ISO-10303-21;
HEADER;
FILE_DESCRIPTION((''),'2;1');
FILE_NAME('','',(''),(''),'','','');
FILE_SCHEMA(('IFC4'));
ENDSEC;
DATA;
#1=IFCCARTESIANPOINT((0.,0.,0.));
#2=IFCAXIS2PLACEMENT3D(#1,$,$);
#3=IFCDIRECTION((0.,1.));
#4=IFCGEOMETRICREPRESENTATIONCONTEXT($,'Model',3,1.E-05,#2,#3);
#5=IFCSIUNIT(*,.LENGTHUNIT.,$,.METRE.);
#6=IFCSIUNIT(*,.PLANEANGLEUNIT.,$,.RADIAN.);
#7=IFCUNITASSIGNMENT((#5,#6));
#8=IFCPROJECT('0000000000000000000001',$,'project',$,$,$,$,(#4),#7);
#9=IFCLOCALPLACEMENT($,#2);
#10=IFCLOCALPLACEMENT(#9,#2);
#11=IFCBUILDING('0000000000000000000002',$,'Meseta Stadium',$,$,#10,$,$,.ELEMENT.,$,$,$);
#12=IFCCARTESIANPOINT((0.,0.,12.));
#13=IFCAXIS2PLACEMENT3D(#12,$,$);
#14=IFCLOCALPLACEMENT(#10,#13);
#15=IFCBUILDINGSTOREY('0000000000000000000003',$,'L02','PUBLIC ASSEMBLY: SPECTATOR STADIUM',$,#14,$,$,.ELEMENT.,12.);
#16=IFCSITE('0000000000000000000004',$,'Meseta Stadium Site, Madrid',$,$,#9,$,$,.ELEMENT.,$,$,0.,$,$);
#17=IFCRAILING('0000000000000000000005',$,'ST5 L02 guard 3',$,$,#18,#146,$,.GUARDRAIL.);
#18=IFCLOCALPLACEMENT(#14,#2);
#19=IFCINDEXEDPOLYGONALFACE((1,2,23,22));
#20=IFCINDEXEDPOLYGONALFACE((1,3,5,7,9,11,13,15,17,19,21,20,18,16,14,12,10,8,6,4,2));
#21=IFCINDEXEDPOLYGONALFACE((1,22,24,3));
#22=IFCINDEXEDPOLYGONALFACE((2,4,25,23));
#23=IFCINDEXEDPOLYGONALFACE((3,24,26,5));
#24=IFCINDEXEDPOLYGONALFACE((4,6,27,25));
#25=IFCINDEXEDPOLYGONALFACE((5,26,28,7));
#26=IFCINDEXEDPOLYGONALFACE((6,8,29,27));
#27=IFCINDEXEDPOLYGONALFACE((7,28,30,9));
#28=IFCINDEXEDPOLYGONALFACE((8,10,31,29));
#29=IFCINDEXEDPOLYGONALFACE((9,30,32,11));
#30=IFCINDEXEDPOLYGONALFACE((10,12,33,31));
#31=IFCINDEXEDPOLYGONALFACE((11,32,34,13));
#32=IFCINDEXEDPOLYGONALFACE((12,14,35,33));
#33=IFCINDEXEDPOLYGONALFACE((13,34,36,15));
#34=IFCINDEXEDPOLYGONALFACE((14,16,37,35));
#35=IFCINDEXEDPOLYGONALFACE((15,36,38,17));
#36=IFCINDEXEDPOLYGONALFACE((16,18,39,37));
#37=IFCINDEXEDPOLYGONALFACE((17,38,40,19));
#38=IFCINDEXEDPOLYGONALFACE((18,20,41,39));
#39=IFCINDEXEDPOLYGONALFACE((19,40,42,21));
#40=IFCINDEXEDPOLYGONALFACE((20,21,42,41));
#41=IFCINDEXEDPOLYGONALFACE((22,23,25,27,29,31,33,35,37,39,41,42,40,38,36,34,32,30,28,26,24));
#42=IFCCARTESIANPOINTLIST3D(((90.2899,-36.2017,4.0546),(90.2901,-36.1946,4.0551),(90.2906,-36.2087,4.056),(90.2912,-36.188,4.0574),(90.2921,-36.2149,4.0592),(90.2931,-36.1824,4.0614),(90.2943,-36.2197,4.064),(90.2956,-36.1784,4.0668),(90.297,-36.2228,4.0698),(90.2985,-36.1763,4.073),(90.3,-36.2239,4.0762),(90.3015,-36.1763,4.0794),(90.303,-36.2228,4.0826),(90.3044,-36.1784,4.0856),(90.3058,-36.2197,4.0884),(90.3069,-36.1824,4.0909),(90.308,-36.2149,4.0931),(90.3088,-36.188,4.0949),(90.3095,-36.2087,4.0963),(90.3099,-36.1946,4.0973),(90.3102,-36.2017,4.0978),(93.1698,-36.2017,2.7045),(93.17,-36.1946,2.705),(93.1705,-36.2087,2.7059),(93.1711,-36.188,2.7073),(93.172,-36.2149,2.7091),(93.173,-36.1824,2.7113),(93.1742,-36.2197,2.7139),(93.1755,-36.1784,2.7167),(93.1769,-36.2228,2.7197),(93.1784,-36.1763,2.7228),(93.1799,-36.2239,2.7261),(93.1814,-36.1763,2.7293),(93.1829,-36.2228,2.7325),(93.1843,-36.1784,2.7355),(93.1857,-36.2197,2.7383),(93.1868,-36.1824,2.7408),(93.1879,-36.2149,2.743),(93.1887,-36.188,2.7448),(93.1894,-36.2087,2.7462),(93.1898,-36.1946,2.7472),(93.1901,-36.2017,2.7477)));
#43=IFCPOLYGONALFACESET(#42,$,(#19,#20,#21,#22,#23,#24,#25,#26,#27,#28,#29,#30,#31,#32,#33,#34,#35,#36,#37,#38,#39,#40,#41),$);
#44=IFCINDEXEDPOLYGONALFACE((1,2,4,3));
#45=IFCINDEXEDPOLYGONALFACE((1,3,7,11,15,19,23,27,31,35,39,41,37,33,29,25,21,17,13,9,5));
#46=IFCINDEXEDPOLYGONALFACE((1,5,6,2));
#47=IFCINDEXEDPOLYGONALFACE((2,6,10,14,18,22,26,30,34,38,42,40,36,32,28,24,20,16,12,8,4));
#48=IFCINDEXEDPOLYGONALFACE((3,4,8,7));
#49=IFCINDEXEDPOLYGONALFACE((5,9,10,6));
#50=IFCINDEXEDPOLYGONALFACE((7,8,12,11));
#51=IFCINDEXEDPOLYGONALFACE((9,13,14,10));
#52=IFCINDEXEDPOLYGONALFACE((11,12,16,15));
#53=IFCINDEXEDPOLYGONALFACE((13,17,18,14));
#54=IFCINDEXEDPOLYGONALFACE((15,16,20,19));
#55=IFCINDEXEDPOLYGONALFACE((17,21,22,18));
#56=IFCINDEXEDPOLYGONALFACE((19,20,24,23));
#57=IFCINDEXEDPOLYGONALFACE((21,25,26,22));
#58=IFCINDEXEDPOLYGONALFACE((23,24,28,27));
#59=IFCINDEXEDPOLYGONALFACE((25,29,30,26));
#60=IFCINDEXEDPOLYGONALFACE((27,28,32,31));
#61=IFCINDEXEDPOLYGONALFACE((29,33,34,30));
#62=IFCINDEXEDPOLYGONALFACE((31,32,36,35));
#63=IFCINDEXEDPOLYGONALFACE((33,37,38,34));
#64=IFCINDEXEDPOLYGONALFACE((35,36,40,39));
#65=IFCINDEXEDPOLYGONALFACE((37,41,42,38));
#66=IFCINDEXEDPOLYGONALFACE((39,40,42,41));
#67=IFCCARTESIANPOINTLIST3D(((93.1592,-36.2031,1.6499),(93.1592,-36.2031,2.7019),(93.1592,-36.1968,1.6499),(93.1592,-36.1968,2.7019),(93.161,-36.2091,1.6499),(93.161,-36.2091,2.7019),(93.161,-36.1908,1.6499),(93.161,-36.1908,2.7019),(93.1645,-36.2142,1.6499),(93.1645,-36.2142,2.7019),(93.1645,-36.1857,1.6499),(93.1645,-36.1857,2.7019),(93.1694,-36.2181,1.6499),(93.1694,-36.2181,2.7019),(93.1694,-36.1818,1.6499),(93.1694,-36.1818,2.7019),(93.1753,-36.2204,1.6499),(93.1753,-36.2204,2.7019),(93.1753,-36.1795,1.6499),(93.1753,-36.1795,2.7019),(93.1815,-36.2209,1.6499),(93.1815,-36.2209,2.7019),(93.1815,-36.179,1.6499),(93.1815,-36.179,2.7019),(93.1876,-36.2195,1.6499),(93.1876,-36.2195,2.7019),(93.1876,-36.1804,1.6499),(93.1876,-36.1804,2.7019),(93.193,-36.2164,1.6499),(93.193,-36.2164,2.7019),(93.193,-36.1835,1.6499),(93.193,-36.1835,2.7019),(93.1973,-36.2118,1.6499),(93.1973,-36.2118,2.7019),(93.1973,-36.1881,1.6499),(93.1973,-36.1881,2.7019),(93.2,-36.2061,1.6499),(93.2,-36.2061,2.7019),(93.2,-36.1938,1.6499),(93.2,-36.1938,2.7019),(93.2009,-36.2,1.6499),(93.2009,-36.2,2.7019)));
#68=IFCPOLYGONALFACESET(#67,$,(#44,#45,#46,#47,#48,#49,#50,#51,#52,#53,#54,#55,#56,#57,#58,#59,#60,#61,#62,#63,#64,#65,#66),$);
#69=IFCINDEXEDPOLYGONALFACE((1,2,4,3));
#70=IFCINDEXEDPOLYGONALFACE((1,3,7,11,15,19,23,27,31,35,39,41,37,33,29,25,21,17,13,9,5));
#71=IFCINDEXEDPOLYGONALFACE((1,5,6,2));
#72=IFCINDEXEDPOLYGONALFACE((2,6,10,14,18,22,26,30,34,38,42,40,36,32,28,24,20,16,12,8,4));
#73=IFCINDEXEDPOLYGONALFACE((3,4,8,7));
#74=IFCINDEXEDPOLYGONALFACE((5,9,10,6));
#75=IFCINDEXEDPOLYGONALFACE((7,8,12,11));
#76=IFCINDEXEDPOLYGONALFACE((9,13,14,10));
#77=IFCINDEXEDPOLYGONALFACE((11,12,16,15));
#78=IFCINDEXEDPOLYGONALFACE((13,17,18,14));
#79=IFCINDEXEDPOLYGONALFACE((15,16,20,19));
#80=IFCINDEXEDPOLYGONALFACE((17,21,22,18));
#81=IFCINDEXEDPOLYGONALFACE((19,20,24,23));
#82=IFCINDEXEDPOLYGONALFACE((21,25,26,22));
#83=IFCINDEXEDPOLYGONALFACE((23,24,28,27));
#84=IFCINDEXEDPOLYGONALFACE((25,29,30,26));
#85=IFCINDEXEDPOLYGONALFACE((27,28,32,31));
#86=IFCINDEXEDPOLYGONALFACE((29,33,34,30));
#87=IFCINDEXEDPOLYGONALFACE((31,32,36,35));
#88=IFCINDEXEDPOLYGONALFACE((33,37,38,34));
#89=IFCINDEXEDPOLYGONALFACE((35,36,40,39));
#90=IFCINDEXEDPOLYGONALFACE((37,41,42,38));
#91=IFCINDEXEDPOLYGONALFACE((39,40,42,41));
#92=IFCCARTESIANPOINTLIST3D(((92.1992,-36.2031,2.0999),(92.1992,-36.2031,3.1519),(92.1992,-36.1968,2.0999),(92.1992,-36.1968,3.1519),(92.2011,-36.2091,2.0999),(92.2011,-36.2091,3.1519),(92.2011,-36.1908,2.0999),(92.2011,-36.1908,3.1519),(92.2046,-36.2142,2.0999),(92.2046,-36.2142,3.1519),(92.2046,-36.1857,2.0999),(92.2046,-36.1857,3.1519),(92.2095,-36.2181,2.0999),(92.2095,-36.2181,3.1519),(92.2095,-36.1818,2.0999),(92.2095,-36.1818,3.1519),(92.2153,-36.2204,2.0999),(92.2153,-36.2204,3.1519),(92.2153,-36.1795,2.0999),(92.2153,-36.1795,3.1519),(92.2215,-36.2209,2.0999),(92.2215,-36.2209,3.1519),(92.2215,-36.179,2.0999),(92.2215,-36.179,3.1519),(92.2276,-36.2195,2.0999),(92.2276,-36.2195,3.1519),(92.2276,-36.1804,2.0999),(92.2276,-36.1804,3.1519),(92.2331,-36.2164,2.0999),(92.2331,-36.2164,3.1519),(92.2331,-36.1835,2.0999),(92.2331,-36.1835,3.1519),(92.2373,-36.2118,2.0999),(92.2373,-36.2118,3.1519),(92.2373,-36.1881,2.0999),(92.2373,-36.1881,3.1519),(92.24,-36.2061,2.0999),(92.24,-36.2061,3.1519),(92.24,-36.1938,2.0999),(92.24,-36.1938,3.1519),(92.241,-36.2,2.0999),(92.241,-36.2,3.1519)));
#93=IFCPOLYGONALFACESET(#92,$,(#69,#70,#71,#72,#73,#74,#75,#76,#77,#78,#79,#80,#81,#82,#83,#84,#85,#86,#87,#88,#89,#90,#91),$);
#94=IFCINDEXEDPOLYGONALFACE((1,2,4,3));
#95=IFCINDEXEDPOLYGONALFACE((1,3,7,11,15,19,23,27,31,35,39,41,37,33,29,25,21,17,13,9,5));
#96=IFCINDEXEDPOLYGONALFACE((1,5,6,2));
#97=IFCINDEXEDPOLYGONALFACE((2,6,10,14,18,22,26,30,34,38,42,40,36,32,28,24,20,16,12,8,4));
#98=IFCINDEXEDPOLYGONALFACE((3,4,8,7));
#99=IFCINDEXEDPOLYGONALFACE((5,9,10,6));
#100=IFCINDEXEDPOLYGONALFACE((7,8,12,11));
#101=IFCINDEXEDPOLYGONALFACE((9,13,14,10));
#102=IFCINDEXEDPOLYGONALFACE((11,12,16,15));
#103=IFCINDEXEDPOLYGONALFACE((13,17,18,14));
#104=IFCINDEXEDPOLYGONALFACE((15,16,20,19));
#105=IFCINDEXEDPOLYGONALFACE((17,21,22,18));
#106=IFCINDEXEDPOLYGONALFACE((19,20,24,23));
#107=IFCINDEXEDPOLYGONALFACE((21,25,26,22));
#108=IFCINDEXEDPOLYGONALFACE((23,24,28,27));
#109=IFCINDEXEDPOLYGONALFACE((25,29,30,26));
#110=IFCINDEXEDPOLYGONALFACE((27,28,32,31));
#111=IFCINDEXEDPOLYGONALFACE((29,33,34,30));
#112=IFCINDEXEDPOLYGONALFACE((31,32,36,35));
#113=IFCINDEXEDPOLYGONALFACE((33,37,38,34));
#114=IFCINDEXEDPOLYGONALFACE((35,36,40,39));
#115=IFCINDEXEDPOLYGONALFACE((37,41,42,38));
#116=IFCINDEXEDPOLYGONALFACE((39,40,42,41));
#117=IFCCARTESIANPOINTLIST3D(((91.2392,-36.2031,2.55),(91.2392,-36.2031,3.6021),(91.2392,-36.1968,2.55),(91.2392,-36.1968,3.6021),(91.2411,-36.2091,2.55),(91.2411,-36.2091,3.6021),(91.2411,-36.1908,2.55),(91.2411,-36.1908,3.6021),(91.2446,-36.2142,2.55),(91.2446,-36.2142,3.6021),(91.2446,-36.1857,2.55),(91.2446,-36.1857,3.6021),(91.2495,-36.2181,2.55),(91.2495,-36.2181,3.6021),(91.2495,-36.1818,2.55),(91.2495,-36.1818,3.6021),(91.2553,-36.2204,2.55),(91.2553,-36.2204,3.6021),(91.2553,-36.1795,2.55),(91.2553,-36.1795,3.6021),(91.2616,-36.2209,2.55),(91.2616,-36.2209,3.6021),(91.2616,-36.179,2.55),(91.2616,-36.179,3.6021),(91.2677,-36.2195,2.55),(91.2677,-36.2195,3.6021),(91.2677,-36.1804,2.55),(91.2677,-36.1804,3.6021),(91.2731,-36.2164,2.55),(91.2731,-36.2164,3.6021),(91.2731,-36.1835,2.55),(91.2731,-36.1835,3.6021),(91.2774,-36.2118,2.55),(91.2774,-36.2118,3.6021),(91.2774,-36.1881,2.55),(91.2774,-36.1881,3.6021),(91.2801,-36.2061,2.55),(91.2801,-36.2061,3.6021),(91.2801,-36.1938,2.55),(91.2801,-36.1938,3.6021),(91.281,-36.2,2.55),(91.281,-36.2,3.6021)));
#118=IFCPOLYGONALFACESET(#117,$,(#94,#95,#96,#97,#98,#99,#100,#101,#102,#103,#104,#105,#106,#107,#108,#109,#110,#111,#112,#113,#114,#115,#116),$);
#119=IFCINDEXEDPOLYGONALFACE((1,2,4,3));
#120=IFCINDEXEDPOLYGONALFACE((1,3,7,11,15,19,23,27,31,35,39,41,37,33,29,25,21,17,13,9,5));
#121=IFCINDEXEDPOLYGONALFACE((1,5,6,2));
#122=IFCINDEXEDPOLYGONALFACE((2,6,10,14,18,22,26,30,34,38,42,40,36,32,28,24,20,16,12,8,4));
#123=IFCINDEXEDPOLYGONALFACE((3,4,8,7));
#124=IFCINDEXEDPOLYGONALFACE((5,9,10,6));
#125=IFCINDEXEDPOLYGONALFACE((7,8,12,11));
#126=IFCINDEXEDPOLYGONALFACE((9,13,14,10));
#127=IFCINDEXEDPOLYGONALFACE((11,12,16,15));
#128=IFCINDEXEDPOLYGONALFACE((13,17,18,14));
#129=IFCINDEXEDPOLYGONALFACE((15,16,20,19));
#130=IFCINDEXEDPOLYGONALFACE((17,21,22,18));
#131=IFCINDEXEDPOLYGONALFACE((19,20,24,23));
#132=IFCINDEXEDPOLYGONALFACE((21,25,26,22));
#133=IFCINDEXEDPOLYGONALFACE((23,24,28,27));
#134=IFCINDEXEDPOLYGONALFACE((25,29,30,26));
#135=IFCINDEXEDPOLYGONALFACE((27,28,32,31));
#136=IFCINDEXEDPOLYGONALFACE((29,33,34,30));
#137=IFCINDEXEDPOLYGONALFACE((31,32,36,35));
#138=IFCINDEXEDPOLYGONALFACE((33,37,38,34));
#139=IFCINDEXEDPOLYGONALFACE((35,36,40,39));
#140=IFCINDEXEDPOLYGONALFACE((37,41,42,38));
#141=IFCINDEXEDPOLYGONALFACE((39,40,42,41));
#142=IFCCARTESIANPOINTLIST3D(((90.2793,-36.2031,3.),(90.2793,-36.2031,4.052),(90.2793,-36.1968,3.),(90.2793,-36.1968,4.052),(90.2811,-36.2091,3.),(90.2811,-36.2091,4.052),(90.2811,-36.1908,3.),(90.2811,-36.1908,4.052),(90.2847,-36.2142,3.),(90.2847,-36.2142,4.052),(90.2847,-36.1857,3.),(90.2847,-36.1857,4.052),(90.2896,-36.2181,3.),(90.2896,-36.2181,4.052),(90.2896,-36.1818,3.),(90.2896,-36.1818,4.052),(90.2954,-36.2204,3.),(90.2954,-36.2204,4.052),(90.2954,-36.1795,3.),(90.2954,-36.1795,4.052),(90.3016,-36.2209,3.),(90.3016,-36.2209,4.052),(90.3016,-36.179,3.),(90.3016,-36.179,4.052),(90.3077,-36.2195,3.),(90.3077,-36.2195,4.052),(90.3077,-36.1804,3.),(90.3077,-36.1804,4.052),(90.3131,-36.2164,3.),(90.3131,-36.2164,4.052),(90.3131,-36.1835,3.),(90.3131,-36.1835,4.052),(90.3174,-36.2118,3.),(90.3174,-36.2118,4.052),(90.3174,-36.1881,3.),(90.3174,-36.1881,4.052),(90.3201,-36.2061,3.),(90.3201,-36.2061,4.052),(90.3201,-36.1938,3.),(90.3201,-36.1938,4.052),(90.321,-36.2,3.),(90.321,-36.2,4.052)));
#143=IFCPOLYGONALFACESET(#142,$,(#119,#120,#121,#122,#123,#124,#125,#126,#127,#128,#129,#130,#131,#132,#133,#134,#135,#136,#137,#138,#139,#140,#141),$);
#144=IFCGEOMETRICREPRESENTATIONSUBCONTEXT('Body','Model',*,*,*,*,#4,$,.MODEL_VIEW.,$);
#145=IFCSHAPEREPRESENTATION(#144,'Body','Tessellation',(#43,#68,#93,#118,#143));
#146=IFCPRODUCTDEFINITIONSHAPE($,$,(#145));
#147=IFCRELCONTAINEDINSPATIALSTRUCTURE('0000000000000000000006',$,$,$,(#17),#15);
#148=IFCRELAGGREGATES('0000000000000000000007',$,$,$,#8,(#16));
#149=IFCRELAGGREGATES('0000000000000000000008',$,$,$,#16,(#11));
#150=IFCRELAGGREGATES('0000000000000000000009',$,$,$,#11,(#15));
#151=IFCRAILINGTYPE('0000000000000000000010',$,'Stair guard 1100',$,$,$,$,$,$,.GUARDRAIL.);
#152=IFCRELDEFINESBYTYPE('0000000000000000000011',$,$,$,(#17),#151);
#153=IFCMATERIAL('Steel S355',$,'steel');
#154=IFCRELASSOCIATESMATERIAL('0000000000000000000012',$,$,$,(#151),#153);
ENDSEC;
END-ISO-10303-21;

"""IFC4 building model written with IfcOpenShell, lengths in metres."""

from ifc_helpers import new_model, si_unit, direction, frame, origin, origin_2d, place, context, subcontext, project, spatial, circle, extrude, material, type_object, element, save


model = new_model("IFC4")

# Units and contexts
model_context = context("Model", 3, precision=1e-05, world=origin(), true_north=direction((0.0, 1.0)))
body_context = subcontext(model_context, "Body", "Model", "MODEL_VIEW")
ifc_project = project(units=[si_unit("LENGTHUNIT", "METRE"), si_unit("PLANEANGLEUNIT", "RADIAN")], contexts=[model_context])

# Site, building, storey
site_placement = place(None, origin())
site = spatial("IfcSite", under=ifc_project, at=site_placement, Name="Meseta Stadium Site, Madrid", CompositionType="ELEMENT", RefElevation=0.0)
building_placement = place(site_placement, origin())
building = spatial("IfcBuilding", under=site, at=building_placement, Name="Meseta Stadium", CompositionType="ELEMENT")
storey_placement = place(building_placement, frame((0.0, 0.0, 12.0)))
storey = spatial("IfcBuildingStorey", under=building, at=storey_placement, Name="L02", Description="PUBLIC ASSEMBLY: SPECTATOR STADIUM", CompositionType="ELEMENT", Elevation=12.0)

# Railing
ifc_material_1 = material(Name="Steel S355", Category="steel")
railing_type_1 = type_object("IfcRailingType", Name="Stair guard 1100", PredefinedType="GUARDRAIL", material=ifc_material_1)
railing_1_placement = place(storey_placement, frame((93.1799, -36.2, 1.6499)))
element("IfcRailing", 1, at=railing_1_placement, inside=storey, type_object=railing_type_1, Name="ST5 L02 guard 3", PredefinedType="GUARDRAIL", context=body_context, shape_type="SweptSolid", body=[
    extrude(circle(Radius=0.0239, at=origin_2d()), frame((0.0, 0.0, 1.0762), z_axis=(-0.90544, 0.0, 0.424473), x_axis=(0.0, -1.0, 0.0)), (0.0, 0.0, 1.0), 3.1807),
    extrude(circle(Radius=0.021, at=origin_2d()), origin(), (0.0, 0.0, 1.0), 1.052),
    extrude(circle(Radius=0.021, at=origin_2d()), frame((-0.96, 0.0, 0.45)), (0.0, 0.0, 1.0), 1.052),
    extrude(circle(Radius=0.021, at=origin_2d()), frame((-1.9199, 0.0, 0.9001)), (0.0, 0.0, 1.0), 1.052),
    extrude(circle(Radius=0.021, at=origin_2d()), frame((-2.8799, 0.0, 1.3501)), (0.0, 0.0, 1.0), 1.052),
])

save(model, "model.ifc")
